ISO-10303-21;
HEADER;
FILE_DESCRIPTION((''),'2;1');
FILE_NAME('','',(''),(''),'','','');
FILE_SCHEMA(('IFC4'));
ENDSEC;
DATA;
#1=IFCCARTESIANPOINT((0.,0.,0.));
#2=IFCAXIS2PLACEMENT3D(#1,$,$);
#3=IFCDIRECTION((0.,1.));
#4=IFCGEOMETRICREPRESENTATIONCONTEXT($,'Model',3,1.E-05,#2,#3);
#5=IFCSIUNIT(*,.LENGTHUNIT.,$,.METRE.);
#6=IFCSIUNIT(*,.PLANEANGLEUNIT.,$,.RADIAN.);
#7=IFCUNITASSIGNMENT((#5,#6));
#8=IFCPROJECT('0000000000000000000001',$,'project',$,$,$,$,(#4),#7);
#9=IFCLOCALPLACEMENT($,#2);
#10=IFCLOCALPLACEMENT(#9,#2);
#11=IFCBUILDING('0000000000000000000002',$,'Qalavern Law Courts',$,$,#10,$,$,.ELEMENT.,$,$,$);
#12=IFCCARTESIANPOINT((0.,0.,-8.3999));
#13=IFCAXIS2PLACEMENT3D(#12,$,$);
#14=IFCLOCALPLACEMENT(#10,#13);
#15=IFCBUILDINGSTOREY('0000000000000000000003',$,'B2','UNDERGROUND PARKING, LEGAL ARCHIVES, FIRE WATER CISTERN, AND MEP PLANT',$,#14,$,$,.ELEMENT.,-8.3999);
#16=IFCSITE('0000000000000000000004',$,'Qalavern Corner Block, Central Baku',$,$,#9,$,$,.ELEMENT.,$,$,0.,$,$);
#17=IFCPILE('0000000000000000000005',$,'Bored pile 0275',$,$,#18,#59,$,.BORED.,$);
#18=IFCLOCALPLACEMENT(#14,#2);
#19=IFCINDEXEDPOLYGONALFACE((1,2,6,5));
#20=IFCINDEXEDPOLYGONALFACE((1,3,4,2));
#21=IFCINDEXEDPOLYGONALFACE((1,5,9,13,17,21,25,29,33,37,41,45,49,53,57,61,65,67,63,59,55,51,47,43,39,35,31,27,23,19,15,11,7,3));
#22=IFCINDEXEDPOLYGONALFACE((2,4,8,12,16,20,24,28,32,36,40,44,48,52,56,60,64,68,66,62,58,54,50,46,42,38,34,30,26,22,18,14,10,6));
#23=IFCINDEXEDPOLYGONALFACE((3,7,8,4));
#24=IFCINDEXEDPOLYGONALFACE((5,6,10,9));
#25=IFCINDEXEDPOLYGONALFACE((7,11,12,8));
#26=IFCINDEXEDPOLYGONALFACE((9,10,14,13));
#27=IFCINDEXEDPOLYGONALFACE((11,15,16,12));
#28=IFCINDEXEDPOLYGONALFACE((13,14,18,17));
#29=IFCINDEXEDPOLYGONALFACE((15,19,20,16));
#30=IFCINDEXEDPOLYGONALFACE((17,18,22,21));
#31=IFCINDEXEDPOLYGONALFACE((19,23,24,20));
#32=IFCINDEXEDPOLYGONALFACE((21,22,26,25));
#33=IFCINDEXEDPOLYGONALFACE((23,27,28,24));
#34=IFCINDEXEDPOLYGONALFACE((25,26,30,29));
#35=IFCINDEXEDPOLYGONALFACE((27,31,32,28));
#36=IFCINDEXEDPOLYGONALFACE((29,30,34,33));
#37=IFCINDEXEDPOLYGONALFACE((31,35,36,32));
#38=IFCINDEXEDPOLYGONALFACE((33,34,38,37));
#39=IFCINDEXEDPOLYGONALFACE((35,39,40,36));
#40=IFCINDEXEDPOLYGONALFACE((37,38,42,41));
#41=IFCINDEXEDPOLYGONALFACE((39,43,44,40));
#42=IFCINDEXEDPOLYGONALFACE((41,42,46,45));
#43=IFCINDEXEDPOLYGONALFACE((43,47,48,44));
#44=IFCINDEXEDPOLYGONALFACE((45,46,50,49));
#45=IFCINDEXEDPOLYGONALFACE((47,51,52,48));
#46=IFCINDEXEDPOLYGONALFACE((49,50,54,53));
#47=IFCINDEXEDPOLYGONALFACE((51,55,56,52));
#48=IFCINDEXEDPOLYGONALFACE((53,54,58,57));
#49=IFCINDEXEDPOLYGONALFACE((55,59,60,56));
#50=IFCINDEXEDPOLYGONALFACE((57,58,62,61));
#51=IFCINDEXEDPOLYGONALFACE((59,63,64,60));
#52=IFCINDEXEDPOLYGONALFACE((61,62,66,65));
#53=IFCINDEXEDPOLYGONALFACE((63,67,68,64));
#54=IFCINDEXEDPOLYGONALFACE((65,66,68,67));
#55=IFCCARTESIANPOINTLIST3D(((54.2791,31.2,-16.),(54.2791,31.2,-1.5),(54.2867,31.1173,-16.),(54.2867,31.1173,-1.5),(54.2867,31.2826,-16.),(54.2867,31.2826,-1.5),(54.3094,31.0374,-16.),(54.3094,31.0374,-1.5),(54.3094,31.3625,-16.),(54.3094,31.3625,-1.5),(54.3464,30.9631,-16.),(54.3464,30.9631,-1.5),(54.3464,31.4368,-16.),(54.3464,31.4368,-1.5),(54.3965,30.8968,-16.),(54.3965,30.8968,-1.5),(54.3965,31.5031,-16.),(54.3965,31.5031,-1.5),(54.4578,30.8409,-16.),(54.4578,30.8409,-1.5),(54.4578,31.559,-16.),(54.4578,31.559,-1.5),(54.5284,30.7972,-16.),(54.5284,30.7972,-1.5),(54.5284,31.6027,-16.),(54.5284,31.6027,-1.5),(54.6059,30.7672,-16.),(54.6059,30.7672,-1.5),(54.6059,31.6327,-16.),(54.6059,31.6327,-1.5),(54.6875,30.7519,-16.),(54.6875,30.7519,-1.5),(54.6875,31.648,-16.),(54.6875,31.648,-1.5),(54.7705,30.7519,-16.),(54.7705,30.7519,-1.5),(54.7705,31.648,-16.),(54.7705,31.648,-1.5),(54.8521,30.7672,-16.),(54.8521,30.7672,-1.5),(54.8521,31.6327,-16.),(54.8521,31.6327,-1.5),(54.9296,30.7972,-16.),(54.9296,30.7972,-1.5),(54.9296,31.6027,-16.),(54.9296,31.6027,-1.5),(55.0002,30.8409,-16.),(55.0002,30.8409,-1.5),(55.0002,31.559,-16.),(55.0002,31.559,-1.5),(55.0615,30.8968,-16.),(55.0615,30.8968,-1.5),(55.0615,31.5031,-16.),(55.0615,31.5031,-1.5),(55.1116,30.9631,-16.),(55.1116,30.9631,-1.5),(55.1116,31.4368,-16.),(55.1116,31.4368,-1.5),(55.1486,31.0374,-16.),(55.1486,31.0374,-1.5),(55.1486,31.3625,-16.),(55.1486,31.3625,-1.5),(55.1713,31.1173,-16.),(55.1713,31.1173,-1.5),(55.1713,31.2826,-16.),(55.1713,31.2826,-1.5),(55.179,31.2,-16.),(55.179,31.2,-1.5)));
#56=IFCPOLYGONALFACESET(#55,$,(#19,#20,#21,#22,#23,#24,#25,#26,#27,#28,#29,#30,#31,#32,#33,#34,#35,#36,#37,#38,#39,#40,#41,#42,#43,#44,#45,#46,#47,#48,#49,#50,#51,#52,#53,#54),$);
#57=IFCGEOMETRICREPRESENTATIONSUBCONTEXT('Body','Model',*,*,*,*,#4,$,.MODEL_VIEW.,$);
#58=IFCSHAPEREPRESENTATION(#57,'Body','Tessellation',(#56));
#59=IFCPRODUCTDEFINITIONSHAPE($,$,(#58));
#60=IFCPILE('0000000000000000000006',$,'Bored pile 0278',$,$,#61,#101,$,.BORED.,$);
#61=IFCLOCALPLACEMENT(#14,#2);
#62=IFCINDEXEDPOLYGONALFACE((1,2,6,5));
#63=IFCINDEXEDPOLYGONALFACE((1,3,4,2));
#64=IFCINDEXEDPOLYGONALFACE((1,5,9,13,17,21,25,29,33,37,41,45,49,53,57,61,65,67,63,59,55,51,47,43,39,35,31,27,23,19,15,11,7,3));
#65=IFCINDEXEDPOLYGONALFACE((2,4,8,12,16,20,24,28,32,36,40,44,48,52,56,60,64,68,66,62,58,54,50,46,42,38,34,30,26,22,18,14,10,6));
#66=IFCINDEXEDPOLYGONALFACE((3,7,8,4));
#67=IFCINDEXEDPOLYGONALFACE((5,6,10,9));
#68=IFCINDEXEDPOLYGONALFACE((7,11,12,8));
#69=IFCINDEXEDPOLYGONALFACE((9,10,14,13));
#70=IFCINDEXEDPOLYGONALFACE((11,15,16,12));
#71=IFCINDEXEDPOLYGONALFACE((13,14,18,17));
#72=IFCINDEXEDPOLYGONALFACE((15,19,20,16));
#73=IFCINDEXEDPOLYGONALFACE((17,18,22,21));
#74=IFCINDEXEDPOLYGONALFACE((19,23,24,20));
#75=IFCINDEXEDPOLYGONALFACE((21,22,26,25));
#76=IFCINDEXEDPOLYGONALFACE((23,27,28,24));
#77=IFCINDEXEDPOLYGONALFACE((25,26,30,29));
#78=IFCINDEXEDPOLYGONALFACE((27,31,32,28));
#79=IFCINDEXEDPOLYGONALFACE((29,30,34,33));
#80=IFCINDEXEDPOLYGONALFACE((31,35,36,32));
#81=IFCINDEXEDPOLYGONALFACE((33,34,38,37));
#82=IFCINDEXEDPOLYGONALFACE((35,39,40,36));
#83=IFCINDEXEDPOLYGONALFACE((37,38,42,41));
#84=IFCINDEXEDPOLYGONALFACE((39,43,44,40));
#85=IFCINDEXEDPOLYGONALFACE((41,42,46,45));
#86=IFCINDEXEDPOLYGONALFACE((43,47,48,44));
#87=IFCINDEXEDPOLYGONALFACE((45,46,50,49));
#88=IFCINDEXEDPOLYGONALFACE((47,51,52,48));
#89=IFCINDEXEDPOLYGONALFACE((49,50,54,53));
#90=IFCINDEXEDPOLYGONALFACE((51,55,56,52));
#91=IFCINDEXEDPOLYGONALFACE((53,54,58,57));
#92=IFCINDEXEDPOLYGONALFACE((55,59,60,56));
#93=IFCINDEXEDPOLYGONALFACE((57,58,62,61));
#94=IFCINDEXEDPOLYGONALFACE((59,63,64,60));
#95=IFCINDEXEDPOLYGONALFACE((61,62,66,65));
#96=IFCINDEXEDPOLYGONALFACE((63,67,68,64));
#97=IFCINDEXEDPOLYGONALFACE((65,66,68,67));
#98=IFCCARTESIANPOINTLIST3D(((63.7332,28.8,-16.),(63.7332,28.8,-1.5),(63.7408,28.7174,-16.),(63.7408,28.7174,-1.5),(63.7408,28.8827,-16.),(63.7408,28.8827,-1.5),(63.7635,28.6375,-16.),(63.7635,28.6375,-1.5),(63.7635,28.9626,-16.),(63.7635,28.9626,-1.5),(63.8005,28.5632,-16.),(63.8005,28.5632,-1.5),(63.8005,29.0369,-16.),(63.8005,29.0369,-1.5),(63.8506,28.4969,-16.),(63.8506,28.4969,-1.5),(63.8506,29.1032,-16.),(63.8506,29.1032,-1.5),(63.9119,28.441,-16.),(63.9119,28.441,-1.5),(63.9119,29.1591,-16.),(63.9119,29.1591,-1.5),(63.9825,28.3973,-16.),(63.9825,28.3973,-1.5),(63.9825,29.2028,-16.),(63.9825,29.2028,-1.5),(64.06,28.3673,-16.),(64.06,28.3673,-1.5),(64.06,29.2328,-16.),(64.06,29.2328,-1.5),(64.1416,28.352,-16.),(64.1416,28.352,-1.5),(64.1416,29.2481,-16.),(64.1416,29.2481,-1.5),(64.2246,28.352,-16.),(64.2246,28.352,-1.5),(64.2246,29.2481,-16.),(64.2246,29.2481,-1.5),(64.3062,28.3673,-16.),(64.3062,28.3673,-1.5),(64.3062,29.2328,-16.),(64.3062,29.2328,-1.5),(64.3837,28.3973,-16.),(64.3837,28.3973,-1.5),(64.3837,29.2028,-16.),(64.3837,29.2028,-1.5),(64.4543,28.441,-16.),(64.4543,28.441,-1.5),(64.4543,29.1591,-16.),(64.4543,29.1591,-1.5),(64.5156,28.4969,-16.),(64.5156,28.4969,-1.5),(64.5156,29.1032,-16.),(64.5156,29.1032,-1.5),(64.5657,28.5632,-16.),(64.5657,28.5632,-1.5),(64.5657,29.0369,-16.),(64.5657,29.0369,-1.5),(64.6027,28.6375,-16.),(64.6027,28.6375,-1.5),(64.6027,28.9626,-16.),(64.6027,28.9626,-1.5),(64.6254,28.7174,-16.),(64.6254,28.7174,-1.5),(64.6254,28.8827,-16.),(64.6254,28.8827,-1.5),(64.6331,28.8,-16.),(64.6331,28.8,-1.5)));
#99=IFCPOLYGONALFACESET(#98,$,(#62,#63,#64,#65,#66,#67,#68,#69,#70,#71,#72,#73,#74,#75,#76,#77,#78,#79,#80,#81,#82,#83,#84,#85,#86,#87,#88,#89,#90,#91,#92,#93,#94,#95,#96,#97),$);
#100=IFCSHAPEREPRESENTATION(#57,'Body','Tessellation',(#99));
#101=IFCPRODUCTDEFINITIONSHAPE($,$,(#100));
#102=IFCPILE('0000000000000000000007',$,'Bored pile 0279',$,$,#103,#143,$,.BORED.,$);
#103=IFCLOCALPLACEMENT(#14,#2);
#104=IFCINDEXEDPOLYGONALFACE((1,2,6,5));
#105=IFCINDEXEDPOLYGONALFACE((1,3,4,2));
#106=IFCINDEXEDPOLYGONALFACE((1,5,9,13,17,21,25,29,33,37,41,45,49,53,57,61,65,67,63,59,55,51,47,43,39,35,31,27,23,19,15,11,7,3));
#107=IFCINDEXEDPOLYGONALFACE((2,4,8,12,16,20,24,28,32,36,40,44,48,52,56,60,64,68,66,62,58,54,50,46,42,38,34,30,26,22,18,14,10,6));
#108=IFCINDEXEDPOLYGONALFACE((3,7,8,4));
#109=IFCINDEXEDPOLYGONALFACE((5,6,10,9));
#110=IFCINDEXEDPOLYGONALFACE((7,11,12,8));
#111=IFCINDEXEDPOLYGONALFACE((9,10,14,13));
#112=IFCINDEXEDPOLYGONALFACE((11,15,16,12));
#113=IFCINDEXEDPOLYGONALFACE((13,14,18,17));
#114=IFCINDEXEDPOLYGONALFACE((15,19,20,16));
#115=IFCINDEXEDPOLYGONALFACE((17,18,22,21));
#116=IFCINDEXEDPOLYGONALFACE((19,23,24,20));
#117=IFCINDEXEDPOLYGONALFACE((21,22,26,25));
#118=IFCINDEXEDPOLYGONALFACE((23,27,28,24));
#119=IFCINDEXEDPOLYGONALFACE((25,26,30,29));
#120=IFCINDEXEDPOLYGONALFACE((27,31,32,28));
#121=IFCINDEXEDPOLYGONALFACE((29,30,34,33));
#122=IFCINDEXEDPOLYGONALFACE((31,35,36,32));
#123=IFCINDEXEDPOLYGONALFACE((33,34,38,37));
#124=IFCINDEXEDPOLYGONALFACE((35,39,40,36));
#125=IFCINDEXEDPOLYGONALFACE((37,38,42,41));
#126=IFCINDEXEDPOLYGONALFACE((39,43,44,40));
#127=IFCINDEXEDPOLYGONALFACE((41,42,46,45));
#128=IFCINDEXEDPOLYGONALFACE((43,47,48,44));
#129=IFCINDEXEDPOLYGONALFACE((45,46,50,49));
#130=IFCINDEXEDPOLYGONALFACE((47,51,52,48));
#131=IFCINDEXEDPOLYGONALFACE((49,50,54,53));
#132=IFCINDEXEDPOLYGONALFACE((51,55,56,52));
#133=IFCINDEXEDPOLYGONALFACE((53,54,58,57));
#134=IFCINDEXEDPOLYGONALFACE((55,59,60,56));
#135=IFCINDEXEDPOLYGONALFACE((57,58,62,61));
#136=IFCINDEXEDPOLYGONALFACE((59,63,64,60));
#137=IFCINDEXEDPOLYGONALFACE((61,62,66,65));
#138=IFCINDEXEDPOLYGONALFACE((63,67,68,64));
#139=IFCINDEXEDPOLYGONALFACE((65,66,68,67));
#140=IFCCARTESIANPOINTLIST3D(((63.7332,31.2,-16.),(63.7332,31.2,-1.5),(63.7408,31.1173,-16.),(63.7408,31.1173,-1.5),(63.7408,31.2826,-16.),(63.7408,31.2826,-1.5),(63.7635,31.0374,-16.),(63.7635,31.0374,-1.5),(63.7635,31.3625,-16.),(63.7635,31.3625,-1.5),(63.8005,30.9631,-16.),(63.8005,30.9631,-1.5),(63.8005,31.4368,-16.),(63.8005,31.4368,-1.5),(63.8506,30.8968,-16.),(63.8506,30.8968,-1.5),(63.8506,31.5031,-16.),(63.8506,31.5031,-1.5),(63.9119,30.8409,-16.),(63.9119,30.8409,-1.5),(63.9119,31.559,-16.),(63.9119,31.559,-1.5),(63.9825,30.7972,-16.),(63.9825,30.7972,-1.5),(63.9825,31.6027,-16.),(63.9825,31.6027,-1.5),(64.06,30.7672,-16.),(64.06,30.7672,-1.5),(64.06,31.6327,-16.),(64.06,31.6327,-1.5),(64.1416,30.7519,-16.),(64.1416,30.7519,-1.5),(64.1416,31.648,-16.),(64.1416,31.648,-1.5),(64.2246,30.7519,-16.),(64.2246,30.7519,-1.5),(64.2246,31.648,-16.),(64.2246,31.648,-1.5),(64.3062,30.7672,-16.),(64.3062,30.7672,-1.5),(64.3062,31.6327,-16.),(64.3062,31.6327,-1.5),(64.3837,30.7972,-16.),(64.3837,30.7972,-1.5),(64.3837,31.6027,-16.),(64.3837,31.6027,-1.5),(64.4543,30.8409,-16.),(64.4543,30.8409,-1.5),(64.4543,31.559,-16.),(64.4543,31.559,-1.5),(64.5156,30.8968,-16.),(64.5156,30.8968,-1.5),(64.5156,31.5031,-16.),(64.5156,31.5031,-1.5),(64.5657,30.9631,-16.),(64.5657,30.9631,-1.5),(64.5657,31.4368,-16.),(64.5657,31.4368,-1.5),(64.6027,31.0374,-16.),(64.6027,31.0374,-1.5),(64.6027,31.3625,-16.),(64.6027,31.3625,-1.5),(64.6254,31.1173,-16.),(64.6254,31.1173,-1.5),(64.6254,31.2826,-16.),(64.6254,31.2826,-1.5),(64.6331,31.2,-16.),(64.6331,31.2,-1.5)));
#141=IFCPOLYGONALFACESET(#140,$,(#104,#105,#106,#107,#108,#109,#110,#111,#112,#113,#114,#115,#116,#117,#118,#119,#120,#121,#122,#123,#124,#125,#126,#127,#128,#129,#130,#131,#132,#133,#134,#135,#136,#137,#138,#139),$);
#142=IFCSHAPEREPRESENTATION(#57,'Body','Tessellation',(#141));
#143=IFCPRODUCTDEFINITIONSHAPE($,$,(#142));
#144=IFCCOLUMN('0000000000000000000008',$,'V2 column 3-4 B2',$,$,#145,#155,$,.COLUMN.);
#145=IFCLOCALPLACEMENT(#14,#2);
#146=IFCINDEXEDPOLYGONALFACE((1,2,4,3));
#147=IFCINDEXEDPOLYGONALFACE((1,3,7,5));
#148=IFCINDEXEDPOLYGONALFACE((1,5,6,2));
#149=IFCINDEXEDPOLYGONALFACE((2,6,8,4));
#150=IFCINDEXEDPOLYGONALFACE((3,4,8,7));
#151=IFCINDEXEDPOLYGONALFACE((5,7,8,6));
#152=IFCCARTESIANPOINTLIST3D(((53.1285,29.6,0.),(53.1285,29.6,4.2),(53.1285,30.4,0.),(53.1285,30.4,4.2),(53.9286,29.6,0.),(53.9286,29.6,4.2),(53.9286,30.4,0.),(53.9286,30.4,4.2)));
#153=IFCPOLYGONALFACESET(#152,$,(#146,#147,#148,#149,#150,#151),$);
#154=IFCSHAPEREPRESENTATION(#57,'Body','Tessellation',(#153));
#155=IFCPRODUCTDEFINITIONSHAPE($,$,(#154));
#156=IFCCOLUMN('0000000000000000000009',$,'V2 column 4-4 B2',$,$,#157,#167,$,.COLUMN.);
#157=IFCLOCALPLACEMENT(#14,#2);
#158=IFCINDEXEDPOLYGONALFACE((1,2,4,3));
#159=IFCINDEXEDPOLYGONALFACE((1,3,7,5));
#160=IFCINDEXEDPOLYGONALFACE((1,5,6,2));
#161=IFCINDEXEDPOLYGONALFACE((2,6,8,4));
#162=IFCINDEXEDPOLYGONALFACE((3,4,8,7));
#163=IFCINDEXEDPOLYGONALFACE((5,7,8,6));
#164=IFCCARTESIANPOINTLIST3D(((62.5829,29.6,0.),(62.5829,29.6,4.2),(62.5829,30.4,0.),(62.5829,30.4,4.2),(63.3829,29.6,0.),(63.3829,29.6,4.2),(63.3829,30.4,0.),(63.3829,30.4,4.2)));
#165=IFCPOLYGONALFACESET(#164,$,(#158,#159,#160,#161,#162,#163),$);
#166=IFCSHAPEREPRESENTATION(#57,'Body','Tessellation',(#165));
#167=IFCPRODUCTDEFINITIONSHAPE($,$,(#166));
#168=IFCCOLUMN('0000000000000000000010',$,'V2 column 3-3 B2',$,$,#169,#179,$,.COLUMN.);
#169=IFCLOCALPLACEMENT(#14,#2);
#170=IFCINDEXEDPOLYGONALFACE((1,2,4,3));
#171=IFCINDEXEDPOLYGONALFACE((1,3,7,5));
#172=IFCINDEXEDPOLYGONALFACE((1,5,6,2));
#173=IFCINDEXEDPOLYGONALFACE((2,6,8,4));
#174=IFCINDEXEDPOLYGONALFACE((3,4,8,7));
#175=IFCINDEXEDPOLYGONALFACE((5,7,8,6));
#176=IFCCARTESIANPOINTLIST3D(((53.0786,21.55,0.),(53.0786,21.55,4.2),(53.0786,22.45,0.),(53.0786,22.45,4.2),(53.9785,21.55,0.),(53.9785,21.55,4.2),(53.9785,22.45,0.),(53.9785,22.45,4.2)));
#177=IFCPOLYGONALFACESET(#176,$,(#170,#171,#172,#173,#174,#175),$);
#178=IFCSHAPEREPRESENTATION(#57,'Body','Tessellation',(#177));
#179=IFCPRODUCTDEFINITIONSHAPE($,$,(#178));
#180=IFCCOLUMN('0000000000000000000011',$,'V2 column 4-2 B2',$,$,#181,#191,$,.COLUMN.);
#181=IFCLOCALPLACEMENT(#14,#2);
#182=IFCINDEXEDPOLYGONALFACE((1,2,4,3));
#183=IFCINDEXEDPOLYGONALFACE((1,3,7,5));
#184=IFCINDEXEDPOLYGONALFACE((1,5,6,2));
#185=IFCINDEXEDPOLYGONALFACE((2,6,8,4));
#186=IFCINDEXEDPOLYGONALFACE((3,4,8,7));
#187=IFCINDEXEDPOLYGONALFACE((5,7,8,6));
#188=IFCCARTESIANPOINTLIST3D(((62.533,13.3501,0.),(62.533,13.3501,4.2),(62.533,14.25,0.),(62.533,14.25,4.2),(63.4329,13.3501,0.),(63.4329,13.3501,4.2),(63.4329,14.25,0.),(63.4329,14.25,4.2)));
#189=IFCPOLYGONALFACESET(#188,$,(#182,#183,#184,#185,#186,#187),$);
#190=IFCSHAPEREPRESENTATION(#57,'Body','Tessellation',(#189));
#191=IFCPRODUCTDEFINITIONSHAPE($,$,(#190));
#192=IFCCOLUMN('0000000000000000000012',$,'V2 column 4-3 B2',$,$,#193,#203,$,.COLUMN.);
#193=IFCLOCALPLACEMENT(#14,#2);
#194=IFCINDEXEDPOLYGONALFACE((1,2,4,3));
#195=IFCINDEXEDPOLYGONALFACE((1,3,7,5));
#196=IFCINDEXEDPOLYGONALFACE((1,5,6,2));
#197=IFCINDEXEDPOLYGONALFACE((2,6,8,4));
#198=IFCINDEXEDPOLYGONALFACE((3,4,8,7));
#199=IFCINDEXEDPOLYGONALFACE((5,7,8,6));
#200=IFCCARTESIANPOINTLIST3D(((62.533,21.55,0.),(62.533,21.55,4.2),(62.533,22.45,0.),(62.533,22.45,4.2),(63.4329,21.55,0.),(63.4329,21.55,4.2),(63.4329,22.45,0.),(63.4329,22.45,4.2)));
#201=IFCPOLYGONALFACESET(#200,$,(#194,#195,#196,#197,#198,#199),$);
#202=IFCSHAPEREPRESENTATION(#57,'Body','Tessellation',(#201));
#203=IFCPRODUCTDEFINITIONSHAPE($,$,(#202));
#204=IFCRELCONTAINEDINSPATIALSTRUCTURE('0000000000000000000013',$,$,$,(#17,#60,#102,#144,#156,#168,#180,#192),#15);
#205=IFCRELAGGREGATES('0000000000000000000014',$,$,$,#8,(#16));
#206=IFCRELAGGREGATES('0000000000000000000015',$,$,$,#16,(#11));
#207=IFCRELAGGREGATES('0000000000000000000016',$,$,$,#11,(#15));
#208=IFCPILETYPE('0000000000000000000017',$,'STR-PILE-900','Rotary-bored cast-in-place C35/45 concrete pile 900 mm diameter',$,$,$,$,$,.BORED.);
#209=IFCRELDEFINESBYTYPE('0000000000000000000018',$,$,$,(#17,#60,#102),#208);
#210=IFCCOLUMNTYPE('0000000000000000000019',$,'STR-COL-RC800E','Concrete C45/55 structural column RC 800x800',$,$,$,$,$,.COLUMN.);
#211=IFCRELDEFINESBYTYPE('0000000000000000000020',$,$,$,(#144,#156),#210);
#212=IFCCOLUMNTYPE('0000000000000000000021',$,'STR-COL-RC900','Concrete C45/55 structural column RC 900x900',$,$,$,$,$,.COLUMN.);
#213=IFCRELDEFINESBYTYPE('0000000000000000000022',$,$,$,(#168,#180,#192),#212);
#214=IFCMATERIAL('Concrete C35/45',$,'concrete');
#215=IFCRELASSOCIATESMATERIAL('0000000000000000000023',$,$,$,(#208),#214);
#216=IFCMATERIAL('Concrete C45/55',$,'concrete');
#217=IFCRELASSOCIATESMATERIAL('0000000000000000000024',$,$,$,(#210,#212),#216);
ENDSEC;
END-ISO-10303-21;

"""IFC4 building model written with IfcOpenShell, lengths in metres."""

from ifc_helpers import new_model, si_unit, direction, frame, origin, origin_2d, place, context, subcontext, project, spatial, rectangle, circle, extrude, material, material_profile, profile_set, type_object, element, save


model = new_model("IFC4")

# Units and contexts
model_context = context("Model", 3, precision=1e-05, world=origin(), true_north=direction((0.0, 1.0)))
body_context = subcontext(model_context, "Body", "Model", "MODEL_VIEW")
ifc_project = project(units=[si_unit("LENGTHUNIT", "METRE"), si_unit("PLANEANGLEUNIT", "RADIAN")], contexts=[model_context])

# Site, building, storey
site_placement = place(None, origin())
site = spatial("IfcSite", under=ifc_project, at=site_placement, Name="Qalavern Corner Block, Central Baku", CompositionType="ELEMENT", RefElevation=0.0)
building_placement = place(site_placement, origin())
building = spatial("IfcBuilding", under=site, at=building_placement, Name="Qalavern Law Courts", CompositionType="ELEMENT")
storey_placement = place(building_placement, frame((0.0, 0.0, -8.3999)))
storey = spatial("IfcBuildingStorey", under=building, at=storey_placement, Name="B2", Description="UNDERGROUND PARKING, LEGAL ARCHIVES, FIRE WATER CISTERN, AND MEP PLANT", CompositionType="ELEMENT", Elevation=-8.3999)

# Shared definitions
ifc_material_1 = material(Name="Concrete C35/45", Category="concrete")

# Piles
ifc_material_profile_1 = material_profile(ifc_material_1, circle(Radius=0.45, at=origin_2d()), Name="BORED PILE 900")
ifc_profile_set_1 = profile_set([ifc_material_profile_1], Name="Concrete C35/45")
pile_type_1 = type_object("IfcPileType", Name="STR-PILE-900", Description="Rotary-bored cast-in-place C35/45 concrete pile 900 mm diameter", PredefinedType="BORED", material=ifc_profile_set_1)
for number, where, z_axis, x_axis, name in (
    (1, (54.729, 31.2, -1.5), (0.0, 0.0, -1.0), (1.0, 0.0, 0.0), "Bored pile 0275"),
    (2, (64.1831, 28.8, -1.5), (0.0, 0.0, -1.0), (1.0, 0.0, 0.0), "Bored pile 0278"),
    (3, (64.1831, 31.2, -1.5), (0.0, 0.0, -1.0), (1.0, 0.0, 0.0), "Bored pile 0279"),
):
    element("IfcPile", number, at=place(storey_placement, frame(where, z_axis=z_axis, x_axis=x_axis)), inside=storey, type_object=pile_type_1, Name=name, PredefinedType="BORED", context=body_context, shape_type="SweptSolid", body=[
        extrude(circle(Radius=0.45, at=origin_2d()), origin(), (0.0, 0.0, 1.0), 14.5),
    ])

# Columns
ifc_material_2 = material(Name="Concrete C45/55", Category="concrete")
ifc_material_profile_2 = material_profile(ifc_material_2, rectangle(XDim=0.8, YDim=0.8, at=origin_2d()), Name="RC 800x800")
ifc_profile_set_2 = profile_set([ifc_material_profile_2], Name="Concrete C45/55")
column_type_1 = type_object("IfcColumnType", Name="STR-COL-RC800E", Description="Concrete C45/55 structural column RC 800x800", PredefinedType="COLUMN", material=ifc_profile_set_2)
for number, where, z_axis, x_axis, name in (
    (4, (53.5286, 30.0, 0.0), (0.0, 0.0, 1.0), (1.0, 0.0, 0.0), "V2 column 3-4 B2"),
    (5, (62.9829, 30.0, 0.0), (0.0, 0.0, 1.0), (1.0, 0.0, 0.0), "V2 column 4-4 B2"),
):
    element("IfcColumn", number, at=place(storey_placement, frame(where, z_axis=z_axis, x_axis=x_axis)), inside=storey, type_object=column_type_1, Name=name, PredefinedType="COLUMN", context=body_context, shape_type="SweptSolid", body=[
        extrude(rectangle(XDim=0.8, YDim=0.8, at=origin_2d()), origin(), (0.0, 0.0, 1.0), 4.2),
    ])
ifc_material_profile_3 = material_profile(ifc_material_2, rectangle(XDim=0.8999, YDim=0.8999, at=origin_2d()), Name="RC 900x900")
ifc_profile_set_3 = profile_set([ifc_material_profile_3], Name="Concrete C45/55")
column_type_2 = type_object("IfcColumnType", Name="STR-COL-RC900", Description="Concrete C45/55 structural column RC 900x900", PredefinedType="COLUMN", material=ifc_profile_set_3)
for number, where, z_axis, x_axis, name in (
    (6, (53.5286, 22.0, 0.0), (0.0, 0.0, 1.0), (1.0, 0.0, 0.0), "V2 column 3-3 B2"),
    (7, (62.9829, 13.8, 0.0), (0.0, 0.0, 1.0), (1.0, 0.0, 0.0), "V2 column 4-2 B2"),
    (8, (62.9829, 22.0, 0.0), (0.0, 0.0, 1.0), (1.0, 0.0, 0.0), "V2 column 4-3 B2"),
):
    element("IfcColumn", number, at=place(storey_placement, frame(where, z_axis=z_axis, x_axis=x_axis)), inside=storey, type_object=column_type_2, Name=name, PredefinedType="COLUMN", context=body_context, shape_type="SweptSolid", body=[
        extrude(rectangle(XDim=0.8999, YDim=0.8999, at=origin_2d()), origin(), (0.0, 0.0, 1.0), 4.2),
    ])

save(model, "model.ifc")
